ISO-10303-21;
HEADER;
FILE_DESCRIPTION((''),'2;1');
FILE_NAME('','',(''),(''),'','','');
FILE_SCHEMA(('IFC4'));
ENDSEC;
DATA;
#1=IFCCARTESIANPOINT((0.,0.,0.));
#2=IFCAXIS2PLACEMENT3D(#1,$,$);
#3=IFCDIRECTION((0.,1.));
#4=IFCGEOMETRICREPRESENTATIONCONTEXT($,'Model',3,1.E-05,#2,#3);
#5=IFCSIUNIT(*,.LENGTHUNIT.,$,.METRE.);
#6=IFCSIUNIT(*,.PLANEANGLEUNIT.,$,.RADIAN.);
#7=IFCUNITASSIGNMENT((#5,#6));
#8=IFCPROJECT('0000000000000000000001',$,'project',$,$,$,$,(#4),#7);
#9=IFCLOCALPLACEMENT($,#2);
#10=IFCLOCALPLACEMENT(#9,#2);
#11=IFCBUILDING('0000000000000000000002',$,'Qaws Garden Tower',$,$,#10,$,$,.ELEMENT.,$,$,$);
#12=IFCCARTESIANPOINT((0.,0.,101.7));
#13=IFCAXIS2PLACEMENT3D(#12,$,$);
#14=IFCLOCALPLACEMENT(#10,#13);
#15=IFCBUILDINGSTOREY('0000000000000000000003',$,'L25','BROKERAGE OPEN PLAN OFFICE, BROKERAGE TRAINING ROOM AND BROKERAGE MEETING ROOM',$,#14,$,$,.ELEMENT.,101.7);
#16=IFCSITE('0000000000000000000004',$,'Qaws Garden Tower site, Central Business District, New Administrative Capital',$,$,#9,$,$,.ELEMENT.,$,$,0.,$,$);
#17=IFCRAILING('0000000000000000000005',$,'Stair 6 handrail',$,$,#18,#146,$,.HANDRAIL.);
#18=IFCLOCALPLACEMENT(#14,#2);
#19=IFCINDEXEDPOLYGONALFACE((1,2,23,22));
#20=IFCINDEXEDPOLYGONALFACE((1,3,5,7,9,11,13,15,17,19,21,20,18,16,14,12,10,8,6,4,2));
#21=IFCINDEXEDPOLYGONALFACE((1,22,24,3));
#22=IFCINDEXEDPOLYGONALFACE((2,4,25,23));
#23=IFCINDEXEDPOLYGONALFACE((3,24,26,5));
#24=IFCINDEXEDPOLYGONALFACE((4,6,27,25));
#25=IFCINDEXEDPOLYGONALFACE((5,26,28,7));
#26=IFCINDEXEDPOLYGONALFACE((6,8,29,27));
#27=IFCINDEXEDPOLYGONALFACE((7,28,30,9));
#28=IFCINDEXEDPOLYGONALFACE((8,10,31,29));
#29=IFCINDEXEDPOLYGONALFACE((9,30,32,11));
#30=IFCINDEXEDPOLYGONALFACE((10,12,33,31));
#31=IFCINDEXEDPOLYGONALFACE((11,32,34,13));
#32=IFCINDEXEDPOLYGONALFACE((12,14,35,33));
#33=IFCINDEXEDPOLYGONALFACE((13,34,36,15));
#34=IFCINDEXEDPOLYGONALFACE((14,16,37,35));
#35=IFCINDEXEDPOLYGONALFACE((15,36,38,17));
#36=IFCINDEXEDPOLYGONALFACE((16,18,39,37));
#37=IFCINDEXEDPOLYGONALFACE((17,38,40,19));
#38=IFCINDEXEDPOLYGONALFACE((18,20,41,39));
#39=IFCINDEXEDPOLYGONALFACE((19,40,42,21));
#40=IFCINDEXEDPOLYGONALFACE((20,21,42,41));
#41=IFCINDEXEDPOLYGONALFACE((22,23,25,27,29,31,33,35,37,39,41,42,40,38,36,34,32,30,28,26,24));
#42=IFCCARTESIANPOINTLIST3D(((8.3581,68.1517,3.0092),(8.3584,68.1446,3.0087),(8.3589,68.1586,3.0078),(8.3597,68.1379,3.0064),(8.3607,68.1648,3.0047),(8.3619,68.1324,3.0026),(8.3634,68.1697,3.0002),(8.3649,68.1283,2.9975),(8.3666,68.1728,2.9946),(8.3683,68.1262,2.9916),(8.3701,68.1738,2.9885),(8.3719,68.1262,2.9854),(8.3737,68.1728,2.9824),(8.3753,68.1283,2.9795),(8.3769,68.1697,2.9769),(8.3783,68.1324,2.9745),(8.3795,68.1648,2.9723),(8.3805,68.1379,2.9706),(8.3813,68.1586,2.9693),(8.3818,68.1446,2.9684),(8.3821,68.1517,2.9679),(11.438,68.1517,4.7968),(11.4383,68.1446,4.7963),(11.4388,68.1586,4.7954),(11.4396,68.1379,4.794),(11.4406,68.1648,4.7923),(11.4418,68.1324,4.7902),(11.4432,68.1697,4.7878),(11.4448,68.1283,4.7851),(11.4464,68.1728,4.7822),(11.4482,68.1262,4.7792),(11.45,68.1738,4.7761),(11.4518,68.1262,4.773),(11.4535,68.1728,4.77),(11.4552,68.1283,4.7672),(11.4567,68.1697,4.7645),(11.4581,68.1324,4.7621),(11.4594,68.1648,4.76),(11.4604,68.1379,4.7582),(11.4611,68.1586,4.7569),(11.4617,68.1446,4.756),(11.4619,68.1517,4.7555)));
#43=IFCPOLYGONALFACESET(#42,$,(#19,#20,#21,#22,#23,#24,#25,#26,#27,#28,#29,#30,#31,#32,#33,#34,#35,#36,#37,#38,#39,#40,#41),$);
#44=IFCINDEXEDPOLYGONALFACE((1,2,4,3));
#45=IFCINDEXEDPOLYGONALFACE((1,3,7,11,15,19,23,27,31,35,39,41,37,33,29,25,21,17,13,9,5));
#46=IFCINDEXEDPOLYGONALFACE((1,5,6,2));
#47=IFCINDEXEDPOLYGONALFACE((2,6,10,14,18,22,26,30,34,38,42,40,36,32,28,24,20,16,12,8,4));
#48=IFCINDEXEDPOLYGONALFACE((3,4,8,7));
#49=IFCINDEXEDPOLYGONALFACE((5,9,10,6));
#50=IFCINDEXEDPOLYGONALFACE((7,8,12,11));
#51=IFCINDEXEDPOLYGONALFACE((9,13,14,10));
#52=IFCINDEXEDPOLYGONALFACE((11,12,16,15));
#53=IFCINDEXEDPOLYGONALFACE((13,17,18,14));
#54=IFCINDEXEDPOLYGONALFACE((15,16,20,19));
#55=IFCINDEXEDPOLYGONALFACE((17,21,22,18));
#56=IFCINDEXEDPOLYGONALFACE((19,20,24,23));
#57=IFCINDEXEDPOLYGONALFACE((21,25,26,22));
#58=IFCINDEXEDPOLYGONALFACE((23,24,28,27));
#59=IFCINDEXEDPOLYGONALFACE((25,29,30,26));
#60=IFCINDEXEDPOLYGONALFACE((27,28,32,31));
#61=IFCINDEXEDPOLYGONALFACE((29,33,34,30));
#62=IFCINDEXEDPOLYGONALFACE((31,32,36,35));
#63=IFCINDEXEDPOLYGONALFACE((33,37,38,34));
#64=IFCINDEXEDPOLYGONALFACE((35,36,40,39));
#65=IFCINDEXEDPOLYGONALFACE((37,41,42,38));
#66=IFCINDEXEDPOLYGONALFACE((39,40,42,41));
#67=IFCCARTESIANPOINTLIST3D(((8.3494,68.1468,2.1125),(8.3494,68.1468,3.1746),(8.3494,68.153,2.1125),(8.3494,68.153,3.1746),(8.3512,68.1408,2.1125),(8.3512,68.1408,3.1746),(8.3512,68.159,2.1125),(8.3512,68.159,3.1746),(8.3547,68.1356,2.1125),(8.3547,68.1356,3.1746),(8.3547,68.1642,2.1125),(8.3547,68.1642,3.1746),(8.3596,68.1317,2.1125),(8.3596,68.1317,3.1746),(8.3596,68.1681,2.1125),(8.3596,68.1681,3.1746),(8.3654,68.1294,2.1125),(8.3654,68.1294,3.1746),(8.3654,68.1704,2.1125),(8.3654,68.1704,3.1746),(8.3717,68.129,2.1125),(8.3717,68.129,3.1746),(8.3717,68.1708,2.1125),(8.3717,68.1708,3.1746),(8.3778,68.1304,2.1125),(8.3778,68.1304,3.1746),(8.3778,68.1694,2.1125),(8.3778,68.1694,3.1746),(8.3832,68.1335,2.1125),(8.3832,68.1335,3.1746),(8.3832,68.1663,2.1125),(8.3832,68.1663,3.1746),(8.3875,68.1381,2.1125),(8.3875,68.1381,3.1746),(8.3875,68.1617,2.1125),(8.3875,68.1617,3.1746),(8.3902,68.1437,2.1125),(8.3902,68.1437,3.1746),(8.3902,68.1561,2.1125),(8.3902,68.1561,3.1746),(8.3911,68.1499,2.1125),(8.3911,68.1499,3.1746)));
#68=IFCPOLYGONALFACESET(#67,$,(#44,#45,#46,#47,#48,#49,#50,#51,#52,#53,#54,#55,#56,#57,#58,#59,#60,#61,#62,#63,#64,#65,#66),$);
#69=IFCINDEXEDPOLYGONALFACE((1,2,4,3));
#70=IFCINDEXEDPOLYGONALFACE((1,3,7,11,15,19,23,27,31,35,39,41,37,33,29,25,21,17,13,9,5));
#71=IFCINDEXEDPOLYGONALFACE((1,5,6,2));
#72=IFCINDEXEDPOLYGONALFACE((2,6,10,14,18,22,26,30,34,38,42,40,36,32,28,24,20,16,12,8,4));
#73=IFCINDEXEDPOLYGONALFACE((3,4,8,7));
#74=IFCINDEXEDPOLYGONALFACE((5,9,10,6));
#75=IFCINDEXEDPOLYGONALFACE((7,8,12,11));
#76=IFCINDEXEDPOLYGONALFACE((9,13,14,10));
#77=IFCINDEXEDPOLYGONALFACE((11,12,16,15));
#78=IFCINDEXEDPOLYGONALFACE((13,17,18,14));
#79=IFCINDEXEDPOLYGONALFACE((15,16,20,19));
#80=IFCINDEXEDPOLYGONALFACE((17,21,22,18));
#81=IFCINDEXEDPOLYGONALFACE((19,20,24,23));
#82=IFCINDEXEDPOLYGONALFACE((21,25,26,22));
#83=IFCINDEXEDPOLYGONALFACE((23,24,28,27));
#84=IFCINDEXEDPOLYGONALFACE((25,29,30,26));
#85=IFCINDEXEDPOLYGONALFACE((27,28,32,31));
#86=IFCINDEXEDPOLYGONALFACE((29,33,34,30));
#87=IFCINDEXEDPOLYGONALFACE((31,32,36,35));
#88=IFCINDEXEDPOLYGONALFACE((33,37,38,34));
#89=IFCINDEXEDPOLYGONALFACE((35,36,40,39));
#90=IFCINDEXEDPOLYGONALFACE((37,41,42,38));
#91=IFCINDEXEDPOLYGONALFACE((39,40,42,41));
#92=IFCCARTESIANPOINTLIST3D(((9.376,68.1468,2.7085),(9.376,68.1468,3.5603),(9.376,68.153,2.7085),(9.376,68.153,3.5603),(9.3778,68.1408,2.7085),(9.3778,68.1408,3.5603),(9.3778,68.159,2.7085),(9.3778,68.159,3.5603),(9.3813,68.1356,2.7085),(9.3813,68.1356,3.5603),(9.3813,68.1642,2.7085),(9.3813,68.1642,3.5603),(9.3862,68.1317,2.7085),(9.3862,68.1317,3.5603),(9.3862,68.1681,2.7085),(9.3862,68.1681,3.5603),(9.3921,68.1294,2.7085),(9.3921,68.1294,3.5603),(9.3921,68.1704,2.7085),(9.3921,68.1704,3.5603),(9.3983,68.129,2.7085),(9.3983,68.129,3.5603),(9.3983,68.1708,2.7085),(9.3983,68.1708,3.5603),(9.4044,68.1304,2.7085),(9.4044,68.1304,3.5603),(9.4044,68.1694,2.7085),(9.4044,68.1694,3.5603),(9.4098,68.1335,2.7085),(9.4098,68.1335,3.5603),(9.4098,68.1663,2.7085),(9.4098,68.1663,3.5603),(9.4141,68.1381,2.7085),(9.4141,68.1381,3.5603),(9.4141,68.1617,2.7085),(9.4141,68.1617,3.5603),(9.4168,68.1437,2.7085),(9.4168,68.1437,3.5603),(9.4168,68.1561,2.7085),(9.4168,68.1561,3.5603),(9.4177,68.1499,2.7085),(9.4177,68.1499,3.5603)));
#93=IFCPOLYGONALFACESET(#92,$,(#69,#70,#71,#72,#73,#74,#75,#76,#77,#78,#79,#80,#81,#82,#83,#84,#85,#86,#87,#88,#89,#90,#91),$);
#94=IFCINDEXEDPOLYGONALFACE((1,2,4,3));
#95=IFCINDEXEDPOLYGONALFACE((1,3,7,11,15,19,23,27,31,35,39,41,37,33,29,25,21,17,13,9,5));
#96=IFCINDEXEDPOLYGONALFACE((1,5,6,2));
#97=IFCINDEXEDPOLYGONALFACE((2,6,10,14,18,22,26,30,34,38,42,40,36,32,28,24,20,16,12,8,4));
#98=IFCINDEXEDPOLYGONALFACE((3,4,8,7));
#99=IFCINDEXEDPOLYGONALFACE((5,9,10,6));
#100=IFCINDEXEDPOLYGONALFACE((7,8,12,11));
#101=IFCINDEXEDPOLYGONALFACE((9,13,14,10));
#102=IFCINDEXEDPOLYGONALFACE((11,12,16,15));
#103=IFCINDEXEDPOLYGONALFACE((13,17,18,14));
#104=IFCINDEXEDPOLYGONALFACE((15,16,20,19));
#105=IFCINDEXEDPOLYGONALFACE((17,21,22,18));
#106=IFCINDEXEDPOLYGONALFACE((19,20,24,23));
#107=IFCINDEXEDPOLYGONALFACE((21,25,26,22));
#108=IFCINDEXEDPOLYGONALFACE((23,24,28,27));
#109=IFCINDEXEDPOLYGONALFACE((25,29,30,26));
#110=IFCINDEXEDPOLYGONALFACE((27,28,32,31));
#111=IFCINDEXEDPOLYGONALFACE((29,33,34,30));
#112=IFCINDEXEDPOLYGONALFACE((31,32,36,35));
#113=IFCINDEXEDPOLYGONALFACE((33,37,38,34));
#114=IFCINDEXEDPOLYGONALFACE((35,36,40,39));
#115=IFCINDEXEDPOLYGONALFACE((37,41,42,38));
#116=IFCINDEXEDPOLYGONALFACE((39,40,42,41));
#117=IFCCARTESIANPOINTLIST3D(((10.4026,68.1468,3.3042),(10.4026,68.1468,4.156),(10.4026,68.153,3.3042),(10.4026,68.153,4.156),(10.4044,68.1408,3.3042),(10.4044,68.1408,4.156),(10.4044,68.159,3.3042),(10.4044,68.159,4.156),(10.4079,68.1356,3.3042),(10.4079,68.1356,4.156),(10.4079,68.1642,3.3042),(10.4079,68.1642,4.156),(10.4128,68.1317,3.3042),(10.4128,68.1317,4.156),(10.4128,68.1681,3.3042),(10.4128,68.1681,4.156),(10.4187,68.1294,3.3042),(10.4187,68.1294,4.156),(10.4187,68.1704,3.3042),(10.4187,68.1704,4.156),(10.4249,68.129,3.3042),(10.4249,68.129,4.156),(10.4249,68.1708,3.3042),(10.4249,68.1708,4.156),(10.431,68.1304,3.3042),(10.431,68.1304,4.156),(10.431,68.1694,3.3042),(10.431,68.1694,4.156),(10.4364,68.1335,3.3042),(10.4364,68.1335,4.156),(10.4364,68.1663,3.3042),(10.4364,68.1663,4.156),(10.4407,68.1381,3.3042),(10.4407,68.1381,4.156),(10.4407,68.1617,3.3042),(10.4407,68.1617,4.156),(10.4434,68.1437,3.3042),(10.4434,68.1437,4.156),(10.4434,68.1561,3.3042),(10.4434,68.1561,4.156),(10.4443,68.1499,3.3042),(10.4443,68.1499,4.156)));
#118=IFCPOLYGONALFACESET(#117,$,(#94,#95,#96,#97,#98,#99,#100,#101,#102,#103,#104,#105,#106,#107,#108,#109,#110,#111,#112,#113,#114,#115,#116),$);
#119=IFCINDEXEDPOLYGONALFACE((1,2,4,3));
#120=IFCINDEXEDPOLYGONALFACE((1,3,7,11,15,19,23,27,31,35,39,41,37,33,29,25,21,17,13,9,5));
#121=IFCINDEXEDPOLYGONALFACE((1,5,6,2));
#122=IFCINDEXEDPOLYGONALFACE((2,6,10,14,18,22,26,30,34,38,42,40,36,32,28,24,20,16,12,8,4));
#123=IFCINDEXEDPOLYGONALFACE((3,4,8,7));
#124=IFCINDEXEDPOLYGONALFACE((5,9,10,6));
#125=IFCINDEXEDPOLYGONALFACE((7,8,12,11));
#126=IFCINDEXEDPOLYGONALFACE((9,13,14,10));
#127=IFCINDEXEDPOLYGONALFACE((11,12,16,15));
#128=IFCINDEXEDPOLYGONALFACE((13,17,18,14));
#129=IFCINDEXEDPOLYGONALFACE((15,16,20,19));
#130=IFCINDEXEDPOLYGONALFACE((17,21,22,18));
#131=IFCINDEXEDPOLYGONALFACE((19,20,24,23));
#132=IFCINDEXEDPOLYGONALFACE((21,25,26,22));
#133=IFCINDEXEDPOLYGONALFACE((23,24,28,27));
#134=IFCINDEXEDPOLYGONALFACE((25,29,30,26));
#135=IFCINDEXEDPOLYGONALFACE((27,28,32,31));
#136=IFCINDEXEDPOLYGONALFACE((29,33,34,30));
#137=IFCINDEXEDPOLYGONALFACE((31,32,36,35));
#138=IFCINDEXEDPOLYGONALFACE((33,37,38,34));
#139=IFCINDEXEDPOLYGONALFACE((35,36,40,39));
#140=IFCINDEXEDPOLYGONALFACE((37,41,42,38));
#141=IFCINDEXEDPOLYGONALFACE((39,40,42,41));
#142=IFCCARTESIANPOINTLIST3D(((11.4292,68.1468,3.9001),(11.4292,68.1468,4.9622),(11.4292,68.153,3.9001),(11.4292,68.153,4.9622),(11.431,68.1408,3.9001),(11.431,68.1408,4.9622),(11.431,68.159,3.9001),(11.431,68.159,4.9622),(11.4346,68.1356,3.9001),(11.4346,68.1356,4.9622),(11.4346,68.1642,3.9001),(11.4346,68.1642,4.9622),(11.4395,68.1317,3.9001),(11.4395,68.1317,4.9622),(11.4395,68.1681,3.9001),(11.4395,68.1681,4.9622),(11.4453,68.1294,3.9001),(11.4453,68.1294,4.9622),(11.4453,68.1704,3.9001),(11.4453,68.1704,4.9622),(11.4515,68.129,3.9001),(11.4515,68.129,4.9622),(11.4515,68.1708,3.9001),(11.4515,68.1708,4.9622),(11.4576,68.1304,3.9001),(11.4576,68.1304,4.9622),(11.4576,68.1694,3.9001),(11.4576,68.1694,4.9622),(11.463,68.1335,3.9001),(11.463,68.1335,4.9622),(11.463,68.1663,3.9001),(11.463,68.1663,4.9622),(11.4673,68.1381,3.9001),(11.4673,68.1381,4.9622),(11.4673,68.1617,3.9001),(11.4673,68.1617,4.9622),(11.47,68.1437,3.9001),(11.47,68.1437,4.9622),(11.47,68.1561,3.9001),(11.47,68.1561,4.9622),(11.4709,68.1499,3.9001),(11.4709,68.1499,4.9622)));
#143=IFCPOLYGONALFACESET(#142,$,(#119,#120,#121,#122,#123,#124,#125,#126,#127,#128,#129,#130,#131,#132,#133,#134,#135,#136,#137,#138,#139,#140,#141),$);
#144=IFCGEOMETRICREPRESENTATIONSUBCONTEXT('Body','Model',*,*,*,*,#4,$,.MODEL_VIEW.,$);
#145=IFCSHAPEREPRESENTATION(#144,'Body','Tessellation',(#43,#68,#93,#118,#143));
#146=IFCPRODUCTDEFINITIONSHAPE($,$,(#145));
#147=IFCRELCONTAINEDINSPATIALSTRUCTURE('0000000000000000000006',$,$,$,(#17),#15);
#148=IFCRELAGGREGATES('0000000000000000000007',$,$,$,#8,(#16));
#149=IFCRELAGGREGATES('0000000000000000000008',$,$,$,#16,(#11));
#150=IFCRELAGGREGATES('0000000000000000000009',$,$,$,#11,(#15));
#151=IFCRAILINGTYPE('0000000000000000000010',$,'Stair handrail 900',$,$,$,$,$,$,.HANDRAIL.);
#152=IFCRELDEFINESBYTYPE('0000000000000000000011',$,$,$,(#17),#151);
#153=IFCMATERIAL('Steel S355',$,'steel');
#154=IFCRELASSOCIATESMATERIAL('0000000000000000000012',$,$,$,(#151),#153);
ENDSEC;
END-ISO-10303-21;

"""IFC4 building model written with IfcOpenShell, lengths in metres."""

from ifc_helpers import new_model, si_unit, direction, frame, origin, origin_2d, place, context, subcontext, project, spatial, circle, extrude, material, type_object, element, save


model = new_model("IFC4")

# Units and contexts
model_context = context("Model", 3, precision=1e-05, world=origin(), true_north=direction((0.0, 1.0)))
body_context = subcontext(model_context, "Body", "Model", "MODEL_VIEW")
ifc_project = project(units=[si_unit("LENGTHUNIT", "METRE"), si_unit("PLANEANGLEUNIT", "RADIAN")], contexts=[model_context])

# Site, building, storey
site_placement = place(None, origin())
site = spatial("IfcSite", under=ifc_project, at=site_placement, Name="Qaws Garden Tower site, Central Business District, New Administrative Capital", CompositionType="ELEMENT", RefElevation=0.0)
building_placement = place(site_placement, origin())
building = spatial("IfcBuilding", under=site, at=building_placement, Name="Qaws Garden Tower", CompositionType="ELEMENT")
storey_placement = place(building_placement, frame((0.0, 0.0, 101.7)))
storey = spatial("IfcBuildingStorey", under=building, at=storey_placement, Name="L25", Description="BROKERAGE OPEN PLAN OFFICE, BROKERAGE TRAINING ROOM AND BROKERAGE MEETING ROOM", CompositionType="ELEMENT", Elevation=101.7)

# Railing
ifc_material_1 = material(Name="Steel S355", Category="steel")
railing_type = type_object("IfcRailingType", Name="Stair handrail 900", PredefinedType="HANDRAIL", material=ifc_material_1)
railing_1_placement = place(storey_placement, frame((8.3701, 68.1499, 2.1125)))
element("IfcRailing", 1, at=railing_1_placement, inside=storey, type_object=railing_type, Name="Stair 6 handrail", PredefinedType="HANDRAIL", context=body_context, shape_type="SweptSolid", body=[
    extrude(circle(Radius=0.0239, at=origin_2d()), frame((0.0, 0.0, 0.876), z_axis=(0.864873, 0.0, 0.50199), x_axis=(0.0, 1.0, 0.0)), (0.0, 0.0, 1.0), 3.561),
    extrude(circle(Radius=0.021, at=origin_2d()), origin(), (0.0, 0.0, 1.0), 1.062),
    extrude(circle(Radius=0.021, at=origin_2d()), frame((1.0266, 0.0, 0.5959)), (0.0, 0.0, 1.0), 0.8518),
    extrude(circle(Radius=0.021, at=origin_2d()), frame((2.0532, 0.0, 1.1917)), (0.0, 0.0, 1.0), 0.8518),
    extrude(circle(Radius=0.021, at=origin_2d()), frame((3.0798, 0.0, 1.7876)), (0.0, 0.0, 1.0), 1.062),
])

save(model, "model.ifc")
